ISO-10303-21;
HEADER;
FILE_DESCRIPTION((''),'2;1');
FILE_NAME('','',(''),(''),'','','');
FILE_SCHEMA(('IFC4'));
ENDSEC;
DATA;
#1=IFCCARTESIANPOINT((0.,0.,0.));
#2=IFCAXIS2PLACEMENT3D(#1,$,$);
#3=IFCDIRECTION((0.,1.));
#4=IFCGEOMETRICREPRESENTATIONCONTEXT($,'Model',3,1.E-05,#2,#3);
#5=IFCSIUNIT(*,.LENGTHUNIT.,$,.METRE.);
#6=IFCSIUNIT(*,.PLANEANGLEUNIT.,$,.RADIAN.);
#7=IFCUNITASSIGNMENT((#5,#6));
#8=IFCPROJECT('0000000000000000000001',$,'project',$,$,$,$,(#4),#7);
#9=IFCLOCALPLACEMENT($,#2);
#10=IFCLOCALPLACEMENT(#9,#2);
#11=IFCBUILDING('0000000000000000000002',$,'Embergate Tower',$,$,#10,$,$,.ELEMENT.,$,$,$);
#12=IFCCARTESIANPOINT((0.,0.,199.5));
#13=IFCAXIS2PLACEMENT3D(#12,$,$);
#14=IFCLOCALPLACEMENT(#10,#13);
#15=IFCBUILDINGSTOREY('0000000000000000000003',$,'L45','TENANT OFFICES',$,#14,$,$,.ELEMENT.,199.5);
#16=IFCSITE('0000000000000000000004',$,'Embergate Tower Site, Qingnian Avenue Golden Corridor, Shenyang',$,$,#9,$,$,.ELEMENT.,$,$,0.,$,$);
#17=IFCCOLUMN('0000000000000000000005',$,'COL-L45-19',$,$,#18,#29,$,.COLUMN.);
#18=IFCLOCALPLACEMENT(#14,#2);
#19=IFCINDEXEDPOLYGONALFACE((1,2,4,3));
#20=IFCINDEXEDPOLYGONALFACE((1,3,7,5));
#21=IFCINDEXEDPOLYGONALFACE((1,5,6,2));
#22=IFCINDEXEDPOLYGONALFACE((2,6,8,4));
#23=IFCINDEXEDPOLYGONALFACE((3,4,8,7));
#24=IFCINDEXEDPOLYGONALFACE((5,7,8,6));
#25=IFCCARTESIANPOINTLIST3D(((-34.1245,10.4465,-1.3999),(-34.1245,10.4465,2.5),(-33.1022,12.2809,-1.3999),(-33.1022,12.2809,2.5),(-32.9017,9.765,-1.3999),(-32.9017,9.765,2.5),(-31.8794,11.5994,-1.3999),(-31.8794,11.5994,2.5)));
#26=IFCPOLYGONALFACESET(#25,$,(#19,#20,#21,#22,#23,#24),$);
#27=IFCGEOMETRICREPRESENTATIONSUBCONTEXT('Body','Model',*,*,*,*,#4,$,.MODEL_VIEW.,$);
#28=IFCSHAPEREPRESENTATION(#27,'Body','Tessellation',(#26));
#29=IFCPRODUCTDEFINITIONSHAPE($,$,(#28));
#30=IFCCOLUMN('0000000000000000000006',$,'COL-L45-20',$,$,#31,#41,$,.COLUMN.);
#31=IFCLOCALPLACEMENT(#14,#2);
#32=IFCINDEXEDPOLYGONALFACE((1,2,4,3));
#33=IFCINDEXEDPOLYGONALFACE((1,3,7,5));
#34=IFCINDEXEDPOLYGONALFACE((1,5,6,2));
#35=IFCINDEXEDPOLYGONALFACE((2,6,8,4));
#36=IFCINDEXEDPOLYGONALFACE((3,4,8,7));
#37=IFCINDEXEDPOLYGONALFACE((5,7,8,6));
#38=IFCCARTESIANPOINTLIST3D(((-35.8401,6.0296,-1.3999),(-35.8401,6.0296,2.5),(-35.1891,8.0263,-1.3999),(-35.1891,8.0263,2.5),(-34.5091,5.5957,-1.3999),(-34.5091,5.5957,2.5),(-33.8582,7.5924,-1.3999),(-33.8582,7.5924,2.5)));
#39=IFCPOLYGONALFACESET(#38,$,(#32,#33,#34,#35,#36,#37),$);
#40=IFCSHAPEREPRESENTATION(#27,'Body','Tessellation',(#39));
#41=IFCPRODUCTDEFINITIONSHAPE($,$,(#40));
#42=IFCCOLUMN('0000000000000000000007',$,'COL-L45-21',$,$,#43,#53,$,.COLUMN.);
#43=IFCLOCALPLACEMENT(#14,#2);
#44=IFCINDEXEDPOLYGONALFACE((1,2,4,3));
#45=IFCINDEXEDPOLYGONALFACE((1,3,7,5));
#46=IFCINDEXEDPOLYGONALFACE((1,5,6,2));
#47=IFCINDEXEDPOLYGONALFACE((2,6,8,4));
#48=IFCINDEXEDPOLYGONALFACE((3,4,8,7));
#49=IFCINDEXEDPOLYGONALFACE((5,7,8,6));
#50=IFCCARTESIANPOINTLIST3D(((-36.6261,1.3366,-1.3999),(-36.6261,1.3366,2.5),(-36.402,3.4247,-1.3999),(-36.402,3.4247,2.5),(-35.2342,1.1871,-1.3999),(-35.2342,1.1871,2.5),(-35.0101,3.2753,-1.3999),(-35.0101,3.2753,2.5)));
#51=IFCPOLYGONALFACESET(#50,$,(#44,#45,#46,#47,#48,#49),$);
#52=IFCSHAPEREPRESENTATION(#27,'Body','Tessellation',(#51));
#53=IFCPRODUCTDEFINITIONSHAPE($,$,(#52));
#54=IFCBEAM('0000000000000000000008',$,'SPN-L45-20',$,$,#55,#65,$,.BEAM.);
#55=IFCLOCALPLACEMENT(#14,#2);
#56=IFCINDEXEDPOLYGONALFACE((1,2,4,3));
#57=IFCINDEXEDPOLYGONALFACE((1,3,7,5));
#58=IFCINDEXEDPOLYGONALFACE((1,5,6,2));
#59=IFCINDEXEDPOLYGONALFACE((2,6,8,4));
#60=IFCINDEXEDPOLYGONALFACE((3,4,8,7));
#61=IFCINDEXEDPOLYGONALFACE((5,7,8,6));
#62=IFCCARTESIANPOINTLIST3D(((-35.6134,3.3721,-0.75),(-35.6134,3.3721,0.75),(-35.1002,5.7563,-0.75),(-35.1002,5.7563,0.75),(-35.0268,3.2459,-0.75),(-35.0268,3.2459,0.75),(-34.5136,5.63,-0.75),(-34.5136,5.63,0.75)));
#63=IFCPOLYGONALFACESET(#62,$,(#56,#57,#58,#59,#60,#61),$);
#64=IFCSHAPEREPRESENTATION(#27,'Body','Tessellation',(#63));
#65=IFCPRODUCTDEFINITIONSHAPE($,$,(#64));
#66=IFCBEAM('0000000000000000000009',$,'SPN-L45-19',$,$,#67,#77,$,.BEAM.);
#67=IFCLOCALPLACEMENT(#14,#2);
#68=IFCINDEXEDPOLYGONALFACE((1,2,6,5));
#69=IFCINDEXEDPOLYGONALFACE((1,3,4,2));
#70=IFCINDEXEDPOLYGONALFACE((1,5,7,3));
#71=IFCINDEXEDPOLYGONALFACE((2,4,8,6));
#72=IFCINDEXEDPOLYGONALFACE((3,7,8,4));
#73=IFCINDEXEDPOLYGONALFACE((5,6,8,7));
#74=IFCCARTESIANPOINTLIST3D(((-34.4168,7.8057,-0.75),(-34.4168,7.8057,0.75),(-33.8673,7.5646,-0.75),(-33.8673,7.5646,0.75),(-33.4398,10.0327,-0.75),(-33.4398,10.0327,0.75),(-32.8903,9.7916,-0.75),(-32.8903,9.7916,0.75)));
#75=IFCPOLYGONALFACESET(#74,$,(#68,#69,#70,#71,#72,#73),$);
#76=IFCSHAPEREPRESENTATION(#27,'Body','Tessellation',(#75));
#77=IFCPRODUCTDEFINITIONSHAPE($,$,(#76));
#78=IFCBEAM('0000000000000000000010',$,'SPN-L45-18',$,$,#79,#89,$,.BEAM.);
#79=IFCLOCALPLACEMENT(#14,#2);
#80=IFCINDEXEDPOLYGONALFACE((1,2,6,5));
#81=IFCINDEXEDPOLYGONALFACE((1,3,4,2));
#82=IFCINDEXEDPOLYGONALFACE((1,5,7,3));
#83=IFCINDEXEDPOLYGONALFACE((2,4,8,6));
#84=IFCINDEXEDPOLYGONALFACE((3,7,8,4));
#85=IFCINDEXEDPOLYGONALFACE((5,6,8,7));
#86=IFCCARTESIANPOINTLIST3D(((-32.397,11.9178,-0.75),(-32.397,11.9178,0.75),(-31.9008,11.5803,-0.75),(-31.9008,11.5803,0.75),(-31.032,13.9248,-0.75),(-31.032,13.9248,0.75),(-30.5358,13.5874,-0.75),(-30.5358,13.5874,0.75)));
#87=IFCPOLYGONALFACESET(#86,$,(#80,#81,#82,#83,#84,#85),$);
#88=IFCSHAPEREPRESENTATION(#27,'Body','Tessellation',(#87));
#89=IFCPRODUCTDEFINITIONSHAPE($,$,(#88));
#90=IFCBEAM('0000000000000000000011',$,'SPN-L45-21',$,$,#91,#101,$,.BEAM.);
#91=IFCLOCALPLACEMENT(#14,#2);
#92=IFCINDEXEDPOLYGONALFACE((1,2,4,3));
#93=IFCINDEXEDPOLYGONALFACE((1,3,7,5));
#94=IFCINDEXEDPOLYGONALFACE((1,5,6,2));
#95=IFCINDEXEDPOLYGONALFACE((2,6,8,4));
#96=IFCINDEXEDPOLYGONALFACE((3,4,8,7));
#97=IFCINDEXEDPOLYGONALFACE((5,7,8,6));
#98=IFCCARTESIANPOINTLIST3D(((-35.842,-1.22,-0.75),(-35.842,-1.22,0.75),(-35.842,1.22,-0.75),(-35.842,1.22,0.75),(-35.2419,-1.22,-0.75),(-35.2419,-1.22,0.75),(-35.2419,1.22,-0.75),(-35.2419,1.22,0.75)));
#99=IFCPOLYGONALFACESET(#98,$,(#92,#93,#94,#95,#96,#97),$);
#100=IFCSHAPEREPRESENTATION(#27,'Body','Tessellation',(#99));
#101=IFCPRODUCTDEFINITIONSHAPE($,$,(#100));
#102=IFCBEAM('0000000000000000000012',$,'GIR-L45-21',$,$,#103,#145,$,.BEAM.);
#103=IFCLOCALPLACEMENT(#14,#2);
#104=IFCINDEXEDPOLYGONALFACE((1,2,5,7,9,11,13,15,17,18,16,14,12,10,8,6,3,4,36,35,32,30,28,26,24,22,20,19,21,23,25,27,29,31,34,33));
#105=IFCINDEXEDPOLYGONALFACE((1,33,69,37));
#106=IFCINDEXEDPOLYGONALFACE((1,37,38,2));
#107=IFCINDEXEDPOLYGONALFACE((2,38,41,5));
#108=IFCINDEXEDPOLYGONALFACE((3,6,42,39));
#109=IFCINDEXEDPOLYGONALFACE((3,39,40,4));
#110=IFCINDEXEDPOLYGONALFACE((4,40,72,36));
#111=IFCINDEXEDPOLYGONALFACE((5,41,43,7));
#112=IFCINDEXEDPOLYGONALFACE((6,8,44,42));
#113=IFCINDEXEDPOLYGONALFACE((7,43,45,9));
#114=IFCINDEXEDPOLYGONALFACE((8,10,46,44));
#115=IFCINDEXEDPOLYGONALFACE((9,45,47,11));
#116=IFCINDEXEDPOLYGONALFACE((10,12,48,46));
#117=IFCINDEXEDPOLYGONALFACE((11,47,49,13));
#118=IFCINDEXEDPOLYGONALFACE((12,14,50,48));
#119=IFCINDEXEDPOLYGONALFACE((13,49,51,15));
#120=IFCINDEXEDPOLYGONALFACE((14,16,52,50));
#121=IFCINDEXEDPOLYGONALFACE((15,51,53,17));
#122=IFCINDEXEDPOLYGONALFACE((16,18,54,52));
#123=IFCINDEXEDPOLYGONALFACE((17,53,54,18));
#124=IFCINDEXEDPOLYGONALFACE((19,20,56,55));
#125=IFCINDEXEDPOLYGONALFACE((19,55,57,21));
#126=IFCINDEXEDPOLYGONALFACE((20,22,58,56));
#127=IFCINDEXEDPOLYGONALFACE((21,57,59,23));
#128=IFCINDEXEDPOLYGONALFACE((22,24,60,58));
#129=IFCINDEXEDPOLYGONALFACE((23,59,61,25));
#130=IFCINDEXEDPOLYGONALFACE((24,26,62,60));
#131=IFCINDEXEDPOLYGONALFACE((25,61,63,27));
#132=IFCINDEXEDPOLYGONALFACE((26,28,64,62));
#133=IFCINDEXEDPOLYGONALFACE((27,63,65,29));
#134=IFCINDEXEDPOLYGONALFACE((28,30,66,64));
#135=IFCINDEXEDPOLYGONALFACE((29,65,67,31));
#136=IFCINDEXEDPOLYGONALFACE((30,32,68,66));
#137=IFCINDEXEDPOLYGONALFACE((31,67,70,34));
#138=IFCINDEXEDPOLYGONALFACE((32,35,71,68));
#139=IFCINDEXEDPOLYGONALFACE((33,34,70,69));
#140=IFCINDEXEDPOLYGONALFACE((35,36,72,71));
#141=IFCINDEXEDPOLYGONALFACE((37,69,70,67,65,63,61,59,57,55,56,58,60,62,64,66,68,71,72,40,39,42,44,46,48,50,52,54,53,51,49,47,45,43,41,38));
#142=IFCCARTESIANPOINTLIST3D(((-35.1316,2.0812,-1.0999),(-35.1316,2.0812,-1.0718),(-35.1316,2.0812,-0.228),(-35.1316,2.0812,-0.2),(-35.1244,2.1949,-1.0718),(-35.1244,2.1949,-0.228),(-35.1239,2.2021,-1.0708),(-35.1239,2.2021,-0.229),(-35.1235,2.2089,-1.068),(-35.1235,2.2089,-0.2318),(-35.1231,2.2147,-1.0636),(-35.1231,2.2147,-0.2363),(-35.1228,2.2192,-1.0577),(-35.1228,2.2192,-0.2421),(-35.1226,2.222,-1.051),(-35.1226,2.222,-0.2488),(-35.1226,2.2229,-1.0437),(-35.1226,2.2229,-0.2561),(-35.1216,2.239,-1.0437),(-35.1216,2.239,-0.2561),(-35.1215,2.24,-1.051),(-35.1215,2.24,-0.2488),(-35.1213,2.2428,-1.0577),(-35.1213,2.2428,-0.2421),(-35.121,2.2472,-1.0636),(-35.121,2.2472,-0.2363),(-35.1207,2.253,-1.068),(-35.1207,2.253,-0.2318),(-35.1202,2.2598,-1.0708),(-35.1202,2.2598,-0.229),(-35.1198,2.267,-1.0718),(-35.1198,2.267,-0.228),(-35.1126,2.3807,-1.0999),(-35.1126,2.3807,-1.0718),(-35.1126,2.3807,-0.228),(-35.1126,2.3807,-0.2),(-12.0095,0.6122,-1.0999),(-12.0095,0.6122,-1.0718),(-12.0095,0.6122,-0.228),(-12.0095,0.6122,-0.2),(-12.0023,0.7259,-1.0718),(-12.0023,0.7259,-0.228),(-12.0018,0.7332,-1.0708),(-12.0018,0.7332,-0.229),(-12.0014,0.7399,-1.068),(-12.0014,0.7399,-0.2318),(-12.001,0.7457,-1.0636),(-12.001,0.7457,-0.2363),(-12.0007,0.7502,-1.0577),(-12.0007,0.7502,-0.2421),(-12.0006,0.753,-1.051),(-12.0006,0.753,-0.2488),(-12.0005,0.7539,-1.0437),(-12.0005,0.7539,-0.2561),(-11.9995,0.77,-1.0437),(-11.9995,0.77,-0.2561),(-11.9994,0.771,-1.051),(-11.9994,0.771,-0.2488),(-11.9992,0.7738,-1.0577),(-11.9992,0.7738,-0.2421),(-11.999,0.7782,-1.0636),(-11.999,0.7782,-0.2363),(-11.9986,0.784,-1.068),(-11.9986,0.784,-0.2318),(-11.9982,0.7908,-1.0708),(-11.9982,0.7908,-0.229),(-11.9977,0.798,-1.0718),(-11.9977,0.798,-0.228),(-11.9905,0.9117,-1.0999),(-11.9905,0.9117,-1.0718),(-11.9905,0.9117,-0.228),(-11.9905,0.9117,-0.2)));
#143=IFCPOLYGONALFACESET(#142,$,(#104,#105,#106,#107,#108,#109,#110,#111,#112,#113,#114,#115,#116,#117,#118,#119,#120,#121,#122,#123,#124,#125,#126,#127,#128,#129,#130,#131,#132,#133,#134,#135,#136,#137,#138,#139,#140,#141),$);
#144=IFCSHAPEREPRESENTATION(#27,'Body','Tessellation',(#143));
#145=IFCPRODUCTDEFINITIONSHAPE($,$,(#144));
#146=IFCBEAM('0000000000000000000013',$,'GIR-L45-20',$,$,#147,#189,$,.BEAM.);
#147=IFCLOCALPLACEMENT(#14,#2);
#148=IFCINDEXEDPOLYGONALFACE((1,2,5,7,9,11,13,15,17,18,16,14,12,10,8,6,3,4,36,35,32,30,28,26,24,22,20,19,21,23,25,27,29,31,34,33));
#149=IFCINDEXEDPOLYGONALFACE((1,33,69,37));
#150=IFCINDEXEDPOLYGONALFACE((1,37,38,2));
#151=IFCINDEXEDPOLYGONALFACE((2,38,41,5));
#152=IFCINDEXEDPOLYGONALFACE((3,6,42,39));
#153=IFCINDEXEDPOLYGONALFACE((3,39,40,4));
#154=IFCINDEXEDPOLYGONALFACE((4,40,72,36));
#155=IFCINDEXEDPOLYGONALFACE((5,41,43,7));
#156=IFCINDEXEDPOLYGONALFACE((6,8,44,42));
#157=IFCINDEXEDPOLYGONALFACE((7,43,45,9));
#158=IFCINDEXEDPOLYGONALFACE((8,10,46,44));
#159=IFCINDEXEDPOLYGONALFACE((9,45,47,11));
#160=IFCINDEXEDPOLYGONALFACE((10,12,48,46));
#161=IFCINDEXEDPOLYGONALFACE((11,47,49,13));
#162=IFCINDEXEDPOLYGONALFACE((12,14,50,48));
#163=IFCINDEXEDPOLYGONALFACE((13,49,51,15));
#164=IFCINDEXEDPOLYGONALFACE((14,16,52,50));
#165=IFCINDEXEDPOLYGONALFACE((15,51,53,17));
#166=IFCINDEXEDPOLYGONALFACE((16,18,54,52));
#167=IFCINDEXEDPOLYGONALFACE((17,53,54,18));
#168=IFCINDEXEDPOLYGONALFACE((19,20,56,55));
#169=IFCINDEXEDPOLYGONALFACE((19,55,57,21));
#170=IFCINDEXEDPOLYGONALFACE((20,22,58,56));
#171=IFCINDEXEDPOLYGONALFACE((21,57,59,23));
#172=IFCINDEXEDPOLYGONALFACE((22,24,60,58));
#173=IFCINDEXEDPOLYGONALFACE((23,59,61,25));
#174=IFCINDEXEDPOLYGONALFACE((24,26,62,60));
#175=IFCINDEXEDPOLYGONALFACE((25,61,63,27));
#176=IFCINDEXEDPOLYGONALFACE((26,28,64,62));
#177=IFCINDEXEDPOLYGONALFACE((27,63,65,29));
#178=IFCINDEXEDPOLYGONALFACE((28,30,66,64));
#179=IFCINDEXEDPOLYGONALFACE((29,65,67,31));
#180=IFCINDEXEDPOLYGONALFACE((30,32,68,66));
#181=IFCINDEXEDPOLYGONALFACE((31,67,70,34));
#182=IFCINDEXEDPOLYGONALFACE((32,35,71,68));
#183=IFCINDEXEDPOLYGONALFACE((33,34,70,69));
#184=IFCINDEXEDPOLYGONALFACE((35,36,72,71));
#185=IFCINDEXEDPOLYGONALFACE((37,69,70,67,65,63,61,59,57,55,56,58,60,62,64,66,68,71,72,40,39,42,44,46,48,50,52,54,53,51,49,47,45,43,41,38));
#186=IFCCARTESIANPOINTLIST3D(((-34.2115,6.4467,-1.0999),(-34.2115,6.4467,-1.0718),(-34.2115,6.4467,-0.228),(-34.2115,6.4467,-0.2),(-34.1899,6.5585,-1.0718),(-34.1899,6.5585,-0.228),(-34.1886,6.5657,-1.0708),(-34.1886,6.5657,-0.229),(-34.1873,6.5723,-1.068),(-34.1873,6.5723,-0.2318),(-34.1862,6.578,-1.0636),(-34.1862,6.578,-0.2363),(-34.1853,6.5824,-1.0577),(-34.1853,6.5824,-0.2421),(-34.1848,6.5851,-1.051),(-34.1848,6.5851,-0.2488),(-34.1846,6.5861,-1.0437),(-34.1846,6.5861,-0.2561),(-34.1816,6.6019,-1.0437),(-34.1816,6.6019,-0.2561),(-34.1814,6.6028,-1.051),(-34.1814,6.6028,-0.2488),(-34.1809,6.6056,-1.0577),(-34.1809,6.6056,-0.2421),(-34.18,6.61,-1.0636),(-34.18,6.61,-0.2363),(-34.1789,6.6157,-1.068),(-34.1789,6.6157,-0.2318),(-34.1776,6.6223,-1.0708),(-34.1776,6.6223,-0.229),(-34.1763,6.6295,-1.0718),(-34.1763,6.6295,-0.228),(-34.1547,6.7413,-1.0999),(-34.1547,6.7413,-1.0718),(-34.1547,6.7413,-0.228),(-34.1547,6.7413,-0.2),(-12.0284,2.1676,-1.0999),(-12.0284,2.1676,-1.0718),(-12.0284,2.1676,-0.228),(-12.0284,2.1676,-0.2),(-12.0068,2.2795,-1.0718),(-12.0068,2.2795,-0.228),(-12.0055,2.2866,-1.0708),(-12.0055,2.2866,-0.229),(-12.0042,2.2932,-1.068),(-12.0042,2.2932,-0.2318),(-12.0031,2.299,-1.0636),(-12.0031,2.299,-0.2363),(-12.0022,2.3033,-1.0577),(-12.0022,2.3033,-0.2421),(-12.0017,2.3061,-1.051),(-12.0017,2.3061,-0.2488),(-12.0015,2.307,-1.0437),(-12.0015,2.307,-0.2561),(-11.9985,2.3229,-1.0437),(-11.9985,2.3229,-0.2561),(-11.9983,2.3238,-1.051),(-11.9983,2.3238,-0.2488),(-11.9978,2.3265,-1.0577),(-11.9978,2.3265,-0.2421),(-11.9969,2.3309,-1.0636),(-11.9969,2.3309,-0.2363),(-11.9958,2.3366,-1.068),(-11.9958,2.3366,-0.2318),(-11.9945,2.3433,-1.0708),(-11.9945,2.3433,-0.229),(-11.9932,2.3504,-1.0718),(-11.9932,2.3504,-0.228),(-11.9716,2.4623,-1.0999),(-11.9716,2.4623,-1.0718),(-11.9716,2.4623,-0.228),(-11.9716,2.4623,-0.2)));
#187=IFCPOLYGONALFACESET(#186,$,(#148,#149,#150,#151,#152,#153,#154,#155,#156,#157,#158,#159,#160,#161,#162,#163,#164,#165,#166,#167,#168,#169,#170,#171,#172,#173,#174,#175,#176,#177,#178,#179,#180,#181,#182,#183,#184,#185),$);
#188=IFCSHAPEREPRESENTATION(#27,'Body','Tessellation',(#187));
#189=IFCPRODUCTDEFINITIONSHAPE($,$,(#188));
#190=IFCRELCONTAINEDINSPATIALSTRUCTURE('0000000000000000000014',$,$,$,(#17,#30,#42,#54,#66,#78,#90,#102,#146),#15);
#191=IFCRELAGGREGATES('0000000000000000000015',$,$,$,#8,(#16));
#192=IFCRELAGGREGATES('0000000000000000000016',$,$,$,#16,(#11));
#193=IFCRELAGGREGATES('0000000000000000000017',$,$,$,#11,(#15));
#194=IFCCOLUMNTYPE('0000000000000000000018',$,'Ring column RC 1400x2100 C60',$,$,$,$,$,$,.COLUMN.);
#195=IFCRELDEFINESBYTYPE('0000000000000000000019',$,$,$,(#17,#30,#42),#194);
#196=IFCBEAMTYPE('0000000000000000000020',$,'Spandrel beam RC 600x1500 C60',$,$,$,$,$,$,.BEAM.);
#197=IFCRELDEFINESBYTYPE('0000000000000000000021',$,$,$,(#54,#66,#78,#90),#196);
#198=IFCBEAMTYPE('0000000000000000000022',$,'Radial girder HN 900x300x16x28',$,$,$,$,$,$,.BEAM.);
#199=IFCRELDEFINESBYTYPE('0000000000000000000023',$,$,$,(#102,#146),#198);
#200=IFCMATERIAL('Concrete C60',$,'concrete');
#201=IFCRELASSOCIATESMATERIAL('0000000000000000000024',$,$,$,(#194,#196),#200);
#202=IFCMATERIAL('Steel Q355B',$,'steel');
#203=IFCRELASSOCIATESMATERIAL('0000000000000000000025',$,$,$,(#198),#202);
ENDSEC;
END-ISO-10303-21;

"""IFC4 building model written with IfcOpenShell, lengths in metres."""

from ifc_helpers import new_model, si_unit, direction, frame, origin, origin_2d, place, context, subcontext, project, spatial, rectangle, i_section, extrude, source, transform, mapped, material, material_profile, profile_set, type_object, element, save


model = new_model("IFC4")

# Units and contexts
model_context = context("Model", 3, precision=1e-05, world=origin(), true_north=direction((0.0, 1.0)))
body_context = subcontext(model_context, "Body", "Model", "MODEL_VIEW")
ifc_project = project(units=[si_unit("LENGTHUNIT", "METRE"), si_unit("PLANEANGLEUNIT", "RADIAN")], contexts=[model_context])

# Site, building, storey
site_placement = place(None, origin())
site = spatial("IfcSite", under=ifc_project, at=site_placement, Name="Embergate Tower Site, Qingnian Avenue Golden Corridor, Shenyang", CompositionType="ELEMENT", RefElevation=0.0)
building_placement = place(site_placement, origin())
building = spatial("IfcBuilding", under=site, at=building_placement, Name="Embergate Tower", CompositionType="ELEMENT")
storey_placement = place(building_placement, frame((0.0, 0.0, 199.5)))
storey = spatial("IfcBuildingStorey", under=building, at=storey_placement, Name="L45", Description="TENANT OFFICES", CompositionType="ELEMENT", Elevation=199.5)

# Columns
ifc_material_1 = material(Name="Concrete C60", Category="concrete")
ifc_material_profile_1 = material_profile(ifc_material_1, rectangle(XDim=1.3999, YDim=2.1001, at=origin_2d()), Name="RC 1400x2100")
ifc_profile_set_1 = profile_set([ifc_material_profile_1], Name="Concrete C60")
column_type = type_object("IfcColumnType", Name="Ring column RC 1400x2100 C60", PredefinedType="COLUMN", material=ifc_profile_set_1)
shared_shape_1 = source(origin(), body_context, "Body", "SweptSolid", [
    extrude(rectangle(XDim=1.3999, YDim=2.1001, at=origin_2d()), origin(), (0.0, 0.0, 1.0), 3.8999),
])
for number, where, z_axis, x_axis, name in (
    (1, (-33.002, 11.0229, -1.3999), (0.0, 0.0, 1.0), (-0.8735, 0.486823, 0.0), "COL-L45-19"),
    (2, (-34.8491, 6.811, -1.3999), (0.0, 0.0, 1.0), (-0.950754, 0.309946, 0.0), "COL-L45-20"),
    (3, (-35.8181, 2.3059, -1.3999), (0.0, 0.0, 1.0), (-0.994288, 0.106733, 0.0), "COL-L45-21"),
):
    element("IfcColumn", number, at=place(storey_placement, frame(where, z_axis=z_axis, x_axis=x_axis)), inside=storey, type_object=column_type, Name=name, PredefinedType="COLUMN", context=body_context, shape_type="MappedRepresentation", body=[
        mapped(shared_shape_1, transform((0.0, 0.0, 0.0))),
    ])

# Beams
ifc_material_profile_2 = material_profile(ifc_material_1, rectangle(XDim=0.6001, YDim=1.5, at=origin_2d()), Name="RC 600x1500")
ifc_profile_set_2 = profile_set([ifc_material_profile_2], Name="Concrete C60")
beam_type_1 = type_object("IfcBeamType", Name="Spandrel beam RC 600x1500 C60", PredefinedType="BEAM", material=ifc_profile_set_2)
shared_shape_2 = source(origin(), body_context, "Body", "SweptSolid", [
    extrude(rectangle(XDim=0.6001, YDim=1.5, at=origin_2d()), origin(), (0.0, 0.0, 1.0), 2.4387),
])
beam_1_placement = place(storey_placement, frame((-34.8069, 5.6931, 0.0), z_axis=(-0.210438, -0.977607, 0.0), x_axis=(0.977607, -0.210438, 0.0)))
element("IfcBeam", 4, at=beam_1_placement, inside=storey, type_object=beam_type_1, Name="SPN-L45-20", PredefinedType="BEAM", context=body_context, shape_type="MappedRepresentation", body=[
    mapped(shared_shape_2, transform((0.0, 0.0, 0.0))),
])
shared_shape_3 = source(origin(), body_context, "Body", "SweptSolid", [
    extrude(rectangle(XDim=0.6001, YDim=1.5, at=origin_2d()), origin(), (0.0, 0.0, 1.0), 2.4319),
])
beam_2_placement = place(storey_placement, frame((-33.165, 9.9121, 0.0), z_axis=(-0.401756, -0.915747, 0.0), x_axis=(0.915747, -0.401756, 0.0)))
element("IfcBeam", 5, at=beam_2_placement, inside=storey, type_object=beam_type_1, Name="SPN-L45-19", PredefinedType="BEAM", context=body_context, shape_type="MappedRepresentation", body=[
    mapped(shared_shape_3, transform((0.0, 0.0, 0.0))),
])
shared_shape_4 = source(origin(), body_context, "Body", "SweptSolid", [
    extrude(rectangle(XDim=0.6001, YDim=1.5, at=origin_2d()), origin(), (0.0, 0.0, 1.0), 2.4272),
])
beam_3_placement = place(storey_placement, frame((-30.7839, 13.7561, 0.0), z_axis=(-0.56236, -0.826893, 0.0), x_axis=(0.826893, -0.56236, 0.0)))
element("IfcBeam", 6, at=beam_3_placement, inside=storey, type_object=beam_type_1, Name="SPN-L45-18", PredefinedType="BEAM", context=body_context, shape_type="MappedRepresentation", body=[
    mapped(shared_shape_4, transform((0.0, 0.0, 0.0))),
])
shared_shape_5 = source(origin(), body_context, "Body", "SweptSolid", [
    extrude(rectangle(XDim=0.6001, YDim=1.5, at=origin_2d()), origin(), (0.0, 0.0, 1.0), 2.4399),
])
beam_4_placement = place(storey_placement, frame((-35.542, 1.22, 0.0), z_axis=(0.0, -1.0, 0.0), x_axis=(1.0, 0.0, 0.0)))
element("IfcBeam", 7, at=beam_4_placement, inside=storey, type_object=beam_type_1, Name="SPN-L45-21", PredefinedType="BEAM", context=body_context, shape_type="MappedRepresentation", body=[
    mapped(shared_shape_5, transform((0.0, 0.0, 0.0))),
])
ifc_material_2 = material(Name="Steel Q355B", Category="steel")
ifc_material_profile_3 = material_profile(ifc_material_2, i_section(OverallWidth=0.3, OverallDepth=0.8999, WebThickness=0.0161, FlangeThickness=0.0281, FilletRadius=0.0281, at=origin_2d()), Name="HN 900x300x16x28")
ifc_profile_set_3 = profile_set([ifc_material_profile_3], Name="Steel Q355 grade B")
beam_type_2 = type_object("IfcBeamType", Name="Radial girder HN 900x300x16x28", PredefinedType="BEAM", material=ifc_profile_set_3)
shared_shape_6 = source(origin(), body_context, "Body", "SweptSolid", [
    extrude(i_section(OverallWidth=0.3, OverallDepth=0.8999, WebThickness=0.0161, FlangeThickness=0.0281, FilletRadius=0.0281, at=origin_2d()), origin(), (0.0, 0.0, 1.0), 23.1687),
])
beam_5_placement = place(storey_placement, frame((-35.1221, 2.231, -0.6499), z_axis=(0.997988, -0.063404, 0.0), x_axis=(0.063404, 0.997988, 0.0)))
element("IfcBeam", 8, at=beam_5_placement, inside=storey, type_object=beam_type_2, Name="GIR-L45-21", PredefinedType="BEAM", context=body_context, shape_type="MappedRepresentation", body=[
    mapped(shared_shape_6, transform((0.0, 0.0, 0.0))),
])
shared_shape_7 = source(origin(), body_context, "Body", "SweptSolid", [
    extrude(i_section(OverallWidth=0.3, OverallDepth=0.8999, WebThickness=0.0161, FlangeThickness=0.0281, FilletRadius=0.0281, at=origin_2d()), origin(), (0.0, 0.0, 1.0), 22.592),
])
beam_6_placement = place(storey_placement, frame((-34.1831, 6.594, -0.6499), z_axis=(0.981899, -0.189405, 0.0), x_axis=(0.189405, 0.981899, 0.0)))
element("IfcBeam", 9, at=beam_6_placement, inside=storey, type_object=beam_type_2, Name="GIR-L45-20", PredefinedType="BEAM", context=body_context, shape_type="MappedRepresentation", body=[
    mapped(shared_shape_7, transform((0.0, 0.0, 0.0))),
])

save(model, "model.ifc")
